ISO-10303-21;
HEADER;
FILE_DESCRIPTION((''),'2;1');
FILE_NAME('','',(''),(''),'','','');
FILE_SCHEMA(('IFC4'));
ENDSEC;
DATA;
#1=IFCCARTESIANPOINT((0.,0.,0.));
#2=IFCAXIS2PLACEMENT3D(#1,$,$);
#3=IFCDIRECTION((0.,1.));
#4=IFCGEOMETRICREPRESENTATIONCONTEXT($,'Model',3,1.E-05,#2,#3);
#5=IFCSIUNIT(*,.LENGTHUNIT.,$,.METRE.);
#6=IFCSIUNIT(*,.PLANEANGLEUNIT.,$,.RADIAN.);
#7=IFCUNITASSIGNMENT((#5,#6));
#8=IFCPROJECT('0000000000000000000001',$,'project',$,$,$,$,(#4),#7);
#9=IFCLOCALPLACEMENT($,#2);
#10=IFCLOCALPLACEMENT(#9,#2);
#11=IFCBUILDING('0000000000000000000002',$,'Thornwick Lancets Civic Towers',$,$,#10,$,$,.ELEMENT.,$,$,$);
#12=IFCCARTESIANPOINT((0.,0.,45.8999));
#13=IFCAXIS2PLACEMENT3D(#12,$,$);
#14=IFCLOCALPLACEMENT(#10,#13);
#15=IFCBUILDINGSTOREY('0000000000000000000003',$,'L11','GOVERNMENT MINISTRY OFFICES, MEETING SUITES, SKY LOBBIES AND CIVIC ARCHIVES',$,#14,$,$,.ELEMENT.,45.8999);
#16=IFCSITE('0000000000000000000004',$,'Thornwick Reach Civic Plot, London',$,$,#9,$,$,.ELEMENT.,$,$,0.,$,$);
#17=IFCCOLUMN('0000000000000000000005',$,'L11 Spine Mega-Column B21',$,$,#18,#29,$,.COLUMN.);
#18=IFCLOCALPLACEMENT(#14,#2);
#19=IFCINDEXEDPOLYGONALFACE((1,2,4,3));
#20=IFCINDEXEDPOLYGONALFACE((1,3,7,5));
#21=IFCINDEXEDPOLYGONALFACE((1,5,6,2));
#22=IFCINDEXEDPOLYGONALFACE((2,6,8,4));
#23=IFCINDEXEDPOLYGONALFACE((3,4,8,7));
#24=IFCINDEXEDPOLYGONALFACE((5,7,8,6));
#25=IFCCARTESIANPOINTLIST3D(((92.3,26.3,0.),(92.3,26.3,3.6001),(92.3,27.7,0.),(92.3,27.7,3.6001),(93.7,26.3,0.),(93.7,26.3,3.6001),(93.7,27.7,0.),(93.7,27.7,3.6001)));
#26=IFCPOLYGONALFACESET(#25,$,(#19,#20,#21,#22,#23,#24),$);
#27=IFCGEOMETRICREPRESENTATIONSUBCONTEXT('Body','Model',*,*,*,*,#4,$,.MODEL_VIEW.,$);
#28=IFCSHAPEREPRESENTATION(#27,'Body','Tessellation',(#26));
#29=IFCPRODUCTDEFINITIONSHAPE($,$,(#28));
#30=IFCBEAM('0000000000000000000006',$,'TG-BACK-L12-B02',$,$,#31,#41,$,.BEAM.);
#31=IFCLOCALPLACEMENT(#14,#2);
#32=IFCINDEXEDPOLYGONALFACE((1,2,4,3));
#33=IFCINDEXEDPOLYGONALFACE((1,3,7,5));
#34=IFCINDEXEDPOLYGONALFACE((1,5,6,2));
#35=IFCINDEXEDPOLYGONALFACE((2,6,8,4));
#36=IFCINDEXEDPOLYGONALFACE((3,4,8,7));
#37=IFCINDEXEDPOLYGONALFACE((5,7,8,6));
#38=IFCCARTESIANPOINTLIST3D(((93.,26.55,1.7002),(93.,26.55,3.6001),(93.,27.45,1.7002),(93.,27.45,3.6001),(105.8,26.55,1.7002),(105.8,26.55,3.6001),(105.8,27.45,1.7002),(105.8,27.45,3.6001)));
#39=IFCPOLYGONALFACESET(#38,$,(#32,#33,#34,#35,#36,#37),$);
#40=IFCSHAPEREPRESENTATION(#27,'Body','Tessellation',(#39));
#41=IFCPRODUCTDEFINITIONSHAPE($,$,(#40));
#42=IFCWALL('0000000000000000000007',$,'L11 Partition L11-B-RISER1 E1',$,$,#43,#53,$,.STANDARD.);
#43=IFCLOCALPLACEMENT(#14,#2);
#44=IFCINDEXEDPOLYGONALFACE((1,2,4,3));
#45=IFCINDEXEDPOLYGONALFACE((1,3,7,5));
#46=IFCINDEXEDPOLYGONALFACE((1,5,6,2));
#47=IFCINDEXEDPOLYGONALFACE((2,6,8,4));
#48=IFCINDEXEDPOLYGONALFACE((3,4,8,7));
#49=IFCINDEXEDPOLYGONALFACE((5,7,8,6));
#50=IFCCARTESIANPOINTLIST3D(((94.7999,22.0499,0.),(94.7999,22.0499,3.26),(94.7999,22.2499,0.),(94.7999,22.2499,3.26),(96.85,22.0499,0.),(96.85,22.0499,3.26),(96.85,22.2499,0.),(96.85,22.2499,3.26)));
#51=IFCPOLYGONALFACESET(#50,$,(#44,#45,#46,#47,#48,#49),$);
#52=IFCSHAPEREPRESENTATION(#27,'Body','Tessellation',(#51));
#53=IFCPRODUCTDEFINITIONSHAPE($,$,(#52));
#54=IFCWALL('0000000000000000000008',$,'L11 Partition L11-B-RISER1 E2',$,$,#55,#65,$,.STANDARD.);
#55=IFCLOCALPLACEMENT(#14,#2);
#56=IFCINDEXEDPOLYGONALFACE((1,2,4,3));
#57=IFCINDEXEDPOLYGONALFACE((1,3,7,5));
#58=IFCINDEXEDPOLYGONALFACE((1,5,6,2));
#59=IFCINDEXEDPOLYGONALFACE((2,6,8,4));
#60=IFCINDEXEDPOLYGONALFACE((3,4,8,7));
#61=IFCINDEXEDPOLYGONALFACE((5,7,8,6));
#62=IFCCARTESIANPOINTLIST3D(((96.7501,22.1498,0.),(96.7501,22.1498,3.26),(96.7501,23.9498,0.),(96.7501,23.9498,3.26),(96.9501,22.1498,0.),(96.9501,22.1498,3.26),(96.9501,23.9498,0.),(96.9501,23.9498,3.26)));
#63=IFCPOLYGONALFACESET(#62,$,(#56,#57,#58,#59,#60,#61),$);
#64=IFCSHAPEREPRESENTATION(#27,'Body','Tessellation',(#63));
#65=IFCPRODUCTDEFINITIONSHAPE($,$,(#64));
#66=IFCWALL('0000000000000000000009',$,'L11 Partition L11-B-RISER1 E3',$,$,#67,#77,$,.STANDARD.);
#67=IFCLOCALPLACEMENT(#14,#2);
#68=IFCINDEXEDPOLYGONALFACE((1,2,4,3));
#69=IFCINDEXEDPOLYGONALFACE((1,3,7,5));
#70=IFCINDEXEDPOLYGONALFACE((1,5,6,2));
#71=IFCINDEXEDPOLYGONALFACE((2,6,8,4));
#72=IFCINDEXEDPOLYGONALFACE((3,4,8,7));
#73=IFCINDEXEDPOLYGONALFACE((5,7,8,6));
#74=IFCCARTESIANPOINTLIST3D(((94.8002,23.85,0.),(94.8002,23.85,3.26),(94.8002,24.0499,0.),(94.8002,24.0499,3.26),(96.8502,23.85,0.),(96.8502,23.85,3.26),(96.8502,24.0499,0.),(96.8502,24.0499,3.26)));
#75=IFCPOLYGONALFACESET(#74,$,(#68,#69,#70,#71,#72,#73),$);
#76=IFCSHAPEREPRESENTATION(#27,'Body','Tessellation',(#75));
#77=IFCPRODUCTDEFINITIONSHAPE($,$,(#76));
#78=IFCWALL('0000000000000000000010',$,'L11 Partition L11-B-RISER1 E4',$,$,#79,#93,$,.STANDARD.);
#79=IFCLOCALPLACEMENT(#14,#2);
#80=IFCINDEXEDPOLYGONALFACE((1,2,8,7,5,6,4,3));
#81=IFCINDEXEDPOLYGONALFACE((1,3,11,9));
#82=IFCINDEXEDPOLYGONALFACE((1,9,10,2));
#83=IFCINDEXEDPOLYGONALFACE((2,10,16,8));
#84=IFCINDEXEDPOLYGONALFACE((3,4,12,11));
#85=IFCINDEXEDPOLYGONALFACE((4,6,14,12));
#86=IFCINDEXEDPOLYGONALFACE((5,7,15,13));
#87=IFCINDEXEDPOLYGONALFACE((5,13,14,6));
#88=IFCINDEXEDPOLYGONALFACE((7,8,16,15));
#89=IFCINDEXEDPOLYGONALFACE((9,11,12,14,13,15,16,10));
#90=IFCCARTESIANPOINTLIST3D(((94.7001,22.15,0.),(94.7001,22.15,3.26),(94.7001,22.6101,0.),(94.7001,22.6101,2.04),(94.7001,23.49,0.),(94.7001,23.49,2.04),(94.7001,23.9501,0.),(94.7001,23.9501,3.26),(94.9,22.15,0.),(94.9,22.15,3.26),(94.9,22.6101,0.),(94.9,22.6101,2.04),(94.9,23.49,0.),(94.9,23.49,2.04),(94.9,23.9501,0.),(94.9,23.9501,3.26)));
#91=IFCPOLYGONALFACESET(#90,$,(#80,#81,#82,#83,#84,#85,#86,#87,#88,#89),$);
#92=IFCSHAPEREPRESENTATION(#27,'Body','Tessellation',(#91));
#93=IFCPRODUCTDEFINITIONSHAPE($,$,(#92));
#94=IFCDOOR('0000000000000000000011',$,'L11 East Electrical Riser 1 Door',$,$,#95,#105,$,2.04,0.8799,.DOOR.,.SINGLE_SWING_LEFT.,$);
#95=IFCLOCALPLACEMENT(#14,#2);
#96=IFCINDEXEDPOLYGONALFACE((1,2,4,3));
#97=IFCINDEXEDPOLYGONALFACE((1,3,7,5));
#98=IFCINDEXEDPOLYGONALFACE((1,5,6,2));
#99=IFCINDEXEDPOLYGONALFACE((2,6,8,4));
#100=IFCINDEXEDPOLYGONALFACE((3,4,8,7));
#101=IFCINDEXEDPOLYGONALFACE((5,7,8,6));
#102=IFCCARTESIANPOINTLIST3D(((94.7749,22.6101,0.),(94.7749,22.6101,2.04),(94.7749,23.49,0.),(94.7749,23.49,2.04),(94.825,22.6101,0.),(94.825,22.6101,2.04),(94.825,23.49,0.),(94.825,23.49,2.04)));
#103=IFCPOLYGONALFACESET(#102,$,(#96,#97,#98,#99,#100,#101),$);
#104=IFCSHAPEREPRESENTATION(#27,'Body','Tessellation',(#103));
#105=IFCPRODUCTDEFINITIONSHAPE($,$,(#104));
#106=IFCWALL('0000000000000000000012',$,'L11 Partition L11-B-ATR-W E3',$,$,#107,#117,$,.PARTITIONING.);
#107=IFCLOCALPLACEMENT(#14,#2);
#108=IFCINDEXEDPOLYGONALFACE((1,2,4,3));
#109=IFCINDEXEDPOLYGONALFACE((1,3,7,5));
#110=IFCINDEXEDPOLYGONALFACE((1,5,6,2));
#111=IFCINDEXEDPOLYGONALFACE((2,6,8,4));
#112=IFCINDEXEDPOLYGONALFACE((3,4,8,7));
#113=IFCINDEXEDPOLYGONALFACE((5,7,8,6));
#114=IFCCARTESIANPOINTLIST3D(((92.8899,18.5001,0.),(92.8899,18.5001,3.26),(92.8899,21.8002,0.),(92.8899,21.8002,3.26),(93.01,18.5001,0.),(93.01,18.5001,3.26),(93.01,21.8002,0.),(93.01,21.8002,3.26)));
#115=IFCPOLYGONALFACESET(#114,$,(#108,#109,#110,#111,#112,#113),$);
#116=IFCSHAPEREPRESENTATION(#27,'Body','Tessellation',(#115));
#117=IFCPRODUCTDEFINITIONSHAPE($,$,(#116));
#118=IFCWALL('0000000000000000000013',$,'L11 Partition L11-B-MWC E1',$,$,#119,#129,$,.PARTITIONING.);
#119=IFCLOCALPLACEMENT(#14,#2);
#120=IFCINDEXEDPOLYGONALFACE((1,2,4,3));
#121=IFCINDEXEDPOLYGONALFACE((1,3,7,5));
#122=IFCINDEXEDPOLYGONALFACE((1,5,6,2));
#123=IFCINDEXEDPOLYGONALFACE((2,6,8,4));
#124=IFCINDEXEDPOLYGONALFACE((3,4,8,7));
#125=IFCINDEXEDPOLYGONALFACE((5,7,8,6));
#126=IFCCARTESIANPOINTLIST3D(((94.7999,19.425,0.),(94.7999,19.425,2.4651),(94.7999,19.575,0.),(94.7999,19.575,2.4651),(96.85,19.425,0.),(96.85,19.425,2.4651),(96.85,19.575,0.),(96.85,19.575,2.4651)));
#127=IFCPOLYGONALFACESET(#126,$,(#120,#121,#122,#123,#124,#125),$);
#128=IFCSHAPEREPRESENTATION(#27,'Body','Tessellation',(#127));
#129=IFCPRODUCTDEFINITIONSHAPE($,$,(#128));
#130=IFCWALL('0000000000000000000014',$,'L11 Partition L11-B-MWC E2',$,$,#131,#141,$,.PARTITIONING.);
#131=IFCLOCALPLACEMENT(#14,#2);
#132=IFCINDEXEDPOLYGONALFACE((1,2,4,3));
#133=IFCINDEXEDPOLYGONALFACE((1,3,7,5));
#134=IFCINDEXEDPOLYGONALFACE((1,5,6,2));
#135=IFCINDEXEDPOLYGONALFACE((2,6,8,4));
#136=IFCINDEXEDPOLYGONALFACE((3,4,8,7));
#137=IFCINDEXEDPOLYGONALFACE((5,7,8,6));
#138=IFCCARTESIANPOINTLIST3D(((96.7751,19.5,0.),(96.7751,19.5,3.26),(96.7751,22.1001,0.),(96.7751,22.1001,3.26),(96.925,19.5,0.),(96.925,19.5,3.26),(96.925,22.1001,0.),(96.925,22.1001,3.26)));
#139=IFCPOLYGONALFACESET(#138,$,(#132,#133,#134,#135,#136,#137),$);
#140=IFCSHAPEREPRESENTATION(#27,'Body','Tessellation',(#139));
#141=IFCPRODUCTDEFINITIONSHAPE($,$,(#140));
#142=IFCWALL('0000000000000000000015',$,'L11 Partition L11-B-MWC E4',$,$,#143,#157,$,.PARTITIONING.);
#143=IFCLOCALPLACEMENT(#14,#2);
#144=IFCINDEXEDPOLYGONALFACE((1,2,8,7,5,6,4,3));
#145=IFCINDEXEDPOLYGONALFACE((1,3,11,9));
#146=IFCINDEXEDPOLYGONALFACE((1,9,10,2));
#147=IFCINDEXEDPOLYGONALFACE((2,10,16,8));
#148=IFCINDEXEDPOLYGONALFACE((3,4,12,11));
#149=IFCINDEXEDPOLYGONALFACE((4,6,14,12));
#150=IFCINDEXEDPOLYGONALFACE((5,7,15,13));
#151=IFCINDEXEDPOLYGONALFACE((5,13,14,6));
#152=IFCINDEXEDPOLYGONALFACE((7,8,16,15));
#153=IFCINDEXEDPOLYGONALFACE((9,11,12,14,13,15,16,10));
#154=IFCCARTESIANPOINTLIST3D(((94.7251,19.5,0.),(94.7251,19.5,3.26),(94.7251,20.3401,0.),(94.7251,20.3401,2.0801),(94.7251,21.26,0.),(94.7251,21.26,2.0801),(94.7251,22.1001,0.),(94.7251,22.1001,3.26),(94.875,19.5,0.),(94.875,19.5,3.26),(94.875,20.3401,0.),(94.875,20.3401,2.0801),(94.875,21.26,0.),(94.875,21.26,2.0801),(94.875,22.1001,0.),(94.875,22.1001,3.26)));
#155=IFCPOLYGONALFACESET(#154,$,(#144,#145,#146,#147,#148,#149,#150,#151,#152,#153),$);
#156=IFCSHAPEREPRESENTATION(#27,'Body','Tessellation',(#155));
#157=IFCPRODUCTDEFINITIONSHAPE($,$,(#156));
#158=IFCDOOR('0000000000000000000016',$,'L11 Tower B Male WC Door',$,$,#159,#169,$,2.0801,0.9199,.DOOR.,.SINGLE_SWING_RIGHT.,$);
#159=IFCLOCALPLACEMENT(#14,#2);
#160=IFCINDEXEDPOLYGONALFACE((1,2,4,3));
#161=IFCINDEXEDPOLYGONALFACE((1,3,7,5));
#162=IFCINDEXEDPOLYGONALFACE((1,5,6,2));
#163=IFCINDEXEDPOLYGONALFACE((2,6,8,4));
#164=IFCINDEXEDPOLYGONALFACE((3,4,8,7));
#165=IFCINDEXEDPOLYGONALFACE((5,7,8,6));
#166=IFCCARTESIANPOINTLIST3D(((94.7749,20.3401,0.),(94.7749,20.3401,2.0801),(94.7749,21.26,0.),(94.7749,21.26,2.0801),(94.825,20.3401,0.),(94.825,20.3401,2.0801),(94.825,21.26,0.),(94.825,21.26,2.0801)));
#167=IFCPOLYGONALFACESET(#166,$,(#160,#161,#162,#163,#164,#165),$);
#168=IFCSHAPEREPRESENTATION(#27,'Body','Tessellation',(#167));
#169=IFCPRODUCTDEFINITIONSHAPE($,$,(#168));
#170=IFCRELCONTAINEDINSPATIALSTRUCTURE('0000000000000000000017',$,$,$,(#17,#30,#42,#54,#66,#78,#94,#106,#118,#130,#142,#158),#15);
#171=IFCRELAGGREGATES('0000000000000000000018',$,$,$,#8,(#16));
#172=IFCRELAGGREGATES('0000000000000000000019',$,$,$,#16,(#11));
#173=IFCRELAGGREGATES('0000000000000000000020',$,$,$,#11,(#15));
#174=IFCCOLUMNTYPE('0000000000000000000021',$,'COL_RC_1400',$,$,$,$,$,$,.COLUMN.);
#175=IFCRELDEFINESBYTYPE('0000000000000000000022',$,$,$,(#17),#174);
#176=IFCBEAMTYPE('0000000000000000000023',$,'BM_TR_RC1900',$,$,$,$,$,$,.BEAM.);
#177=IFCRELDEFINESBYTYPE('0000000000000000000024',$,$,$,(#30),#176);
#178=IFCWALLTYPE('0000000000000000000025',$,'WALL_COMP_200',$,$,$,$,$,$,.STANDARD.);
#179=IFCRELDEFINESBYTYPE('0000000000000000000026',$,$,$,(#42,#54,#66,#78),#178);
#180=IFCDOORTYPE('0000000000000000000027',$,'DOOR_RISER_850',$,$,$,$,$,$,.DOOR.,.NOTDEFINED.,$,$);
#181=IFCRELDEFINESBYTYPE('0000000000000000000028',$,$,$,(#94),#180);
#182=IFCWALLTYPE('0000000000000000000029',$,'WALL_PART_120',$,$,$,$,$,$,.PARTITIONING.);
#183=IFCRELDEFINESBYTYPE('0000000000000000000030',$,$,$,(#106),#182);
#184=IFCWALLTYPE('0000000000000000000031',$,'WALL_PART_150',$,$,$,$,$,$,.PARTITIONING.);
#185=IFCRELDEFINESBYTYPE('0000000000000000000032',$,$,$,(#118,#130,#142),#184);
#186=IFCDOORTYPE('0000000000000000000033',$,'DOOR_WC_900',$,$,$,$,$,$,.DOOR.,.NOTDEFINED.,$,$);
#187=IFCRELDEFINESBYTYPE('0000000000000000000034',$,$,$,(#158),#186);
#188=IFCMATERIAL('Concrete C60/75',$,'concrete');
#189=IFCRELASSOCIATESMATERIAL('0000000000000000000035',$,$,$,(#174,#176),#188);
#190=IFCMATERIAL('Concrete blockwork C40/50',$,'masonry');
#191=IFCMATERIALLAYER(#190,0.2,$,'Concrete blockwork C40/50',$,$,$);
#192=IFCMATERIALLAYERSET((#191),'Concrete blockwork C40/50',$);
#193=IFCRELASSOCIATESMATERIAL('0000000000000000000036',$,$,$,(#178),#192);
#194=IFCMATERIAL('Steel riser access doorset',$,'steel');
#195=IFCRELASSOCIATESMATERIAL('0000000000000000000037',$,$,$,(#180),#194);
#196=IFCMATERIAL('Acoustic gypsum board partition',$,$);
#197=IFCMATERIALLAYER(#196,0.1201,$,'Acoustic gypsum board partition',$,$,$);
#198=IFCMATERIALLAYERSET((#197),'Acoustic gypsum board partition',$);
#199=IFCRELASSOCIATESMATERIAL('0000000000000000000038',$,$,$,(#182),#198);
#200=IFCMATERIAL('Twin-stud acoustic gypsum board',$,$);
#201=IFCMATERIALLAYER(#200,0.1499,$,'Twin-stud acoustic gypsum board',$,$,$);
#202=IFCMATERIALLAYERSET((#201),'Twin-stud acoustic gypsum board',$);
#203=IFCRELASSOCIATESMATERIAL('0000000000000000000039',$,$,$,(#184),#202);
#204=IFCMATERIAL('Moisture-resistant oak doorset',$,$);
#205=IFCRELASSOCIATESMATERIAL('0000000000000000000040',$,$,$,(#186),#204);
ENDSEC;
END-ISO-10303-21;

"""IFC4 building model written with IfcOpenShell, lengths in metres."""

from ifc_helpers import new_model, si_unit, direction, frame, frame_2d, origin, origin_2d, place, context, subcontext, project, spatial, rectangle, extrude, material, layer, layer_set, material_profile, profile_set, type_object, element, fill, save


model = new_model("IFC4")

# Units and contexts
model_context = context("Model", 3, precision=1e-05, world=origin(), true_north=direction((0.0, 1.0)))
body_context = subcontext(model_context, "Body", "Model", "MODEL_VIEW")
ifc_project = project(units=[si_unit("LENGTHUNIT", "METRE"), si_unit("PLANEANGLEUNIT", "RADIAN")], contexts=[model_context])

# Site, building, storey
site_placement = place(None, origin())
site = spatial("IfcSite", under=ifc_project, at=site_placement, Name="Thornwick Reach Civic Plot, London", CompositionType="ELEMENT", RefElevation=0.0)
building_placement = place(site_placement, origin())
building = spatial("IfcBuilding", under=site, at=building_placement, Name="Thornwick Lancets Civic Towers", CompositionType="ELEMENT")
storey_placement = place(building_placement, frame((0.0, 0.0, 45.8999)))
storey = spatial("IfcBuildingStorey", under=building, at=storey_placement, Name="L11", Description="GOVERNMENT MINISTRY OFFICES, MEETING SUITES, SKY LOBBIES AND CIVIC ARCHIVES", CompositionType="ELEMENT", Elevation=45.8999)

# Column
ifc_material_1 = material(Name="Concrete C60/75", Category="concrete")
ifc_material_profile_1 = material_profile(ifc_material_1, rectangle(XDim=1.3999, YDim=1.3999, at=origin_2d()), Name="RC 1400x1400")
ifc_profile_set_1 = profile_set([ifc_material_profile_1], Name="Concrete C60/75")
column_type = type_object("IfcColumnType", Name="COL_RC_1400", PredefinedType="COLUMN", material=ifc_profile_set_1)
column_placement = place(storey_placement, frame((93.0, 27.0, 0.0), z_axis=(0.0, 0.0, 1.0), x_axis=(1.0, 0.0, 0.0)))
element("IfcColumn", 1, at=column_placement, inside=storey, type_object=column_type, Name="L11 Spine Mega-Column B21", PredefinedType="COLUMN", context=body_context, shape_type="SweptSolid", body=[
    extrude(rectangle(XDim=1.3999, YDim=1.3999, at=origin_2d()), origin(), (0.0, 0.0, 1.0), 3.6001),
])

# Beam
ifc_material_profile_2 = material_profile(ifc_material_1, rectangle(XDim=0.8999, YDim=1.8999, at=origin_2d()), Name="RC 900x1900")
ifc_profile_set_2 = profile_set([ifc_material_profile_2], Name="Concrete C60/75")
beam_type = type_object("IfcBeamType", Name="BM_TR_RC1900", PredefinedType="BEAM", material=ifc_profile_set_2)
beam_placement = place(storey_placement, frame((93.0, 27.0, 2.6501), z_axis=(1.0, 0.0, 0.0), x_axis=(0.0, 1.0, 0.0)))
element("IfcBeam", 2, at=beam_placement, inside=storey, type_object=beam_type, Name="TG-BACK-L12-B02", PredefinedType="BEAM", context=body_context, shape_type="SweptSolid", body=[
    extrude(rectangle(XDim=0.8999, YDim=1.8999, at=origin_2d()), origin(), (0.0, 0.0, 1.0), 12.8),
])

# Walls
ifc_material_2 = material(Name="Concrete blockwork C40/50", Category="masonry")
ifc_layer_1 = layer(ifc_material_2, 0.2, Name="Concrete blockwork C40/50")
ifc_layer_set_1 = layer_set([ifc_layer_1], Name="Concrete blockwork C40/50")
wall_type_1 = type_object("IfcWallType", Name="WALL_COMP_200", PredefinedType="STANDARD", material=ifc_layer_set_1)
wall_1_placement = place(storey_placement, frame((94.8, 22.1499, 0.0), z_axis=(0.0, 0.0, 1.0), x_axis=(1.0, 0.0, 0.0)))
element("IfcWall", 3, at=wall_1_placement, inside=storey, type_object=wall_type_1, Name="L11 Partition L11-B-RISER1 E1", PredefinedType="STANDARD", context=body_context, shape_type="SweptSolid", body=[
    extrude(rectangle(XDim=2.05, YDim=0.2, at=frame_2d((1.0249, 0.0))), origin(), (0.0, 0.0, 1.0), 3.26),
])
wall_2_placement = place(storey_placement, frame((96.8501, 22.1499, 0.0), z_axis=(0.0, 0.0, 1.0), x_axis=(0.0, 1.0, 0.0)))
element("IfcWall", 4, at=wall_2_placement, inside=storey, type_object=wall_type_1, Name="L11 Partition L11-B-RISER1 E2", PredefinedType="STANDARD", context=body_context, shape_type="SweptSolid", body=[
    extrude(rectangle(XDim=1.8, YDim=0.2, at=frame_2d((0.8999, 0.0))), origin(), (0.0, 0.0, 1.0), 3.26),
])
wall_3_placement = place(storey_placement, frame((96.8501, 23.95, 0.0), z_axis=(0.0, 0.0, 1.0), x_axis=(-1.0, 0.0, 0.0)))
element("IfcWall", 5, at=wall_3_placement, inside=storey, type_object=wall_type_1, Name="L11 Partition L11-B-RISER1 E3", PredefinedType="STANDARD", context=body_context, shape_type="SweptSolid", body=[
    extrude(rectangle(XDim=2.05, YDim=0.2, at=frame_2d((1.0249, 0.0))), origin(), (0.0, 0.0, 1.0), 3.26),
])

# Wall, opening, door
wall_4_placement = place(storey_placement, frame((94.8, 23.95, 0.0), z_axis=(0.0, 0.0, 1.0), x_axis=(0.0, -1.0, 0.0)))
wall_4 = element("IfcWall", 6, at=wall_4_placement, inside=storey, type_object=wall_type_1, Name="L11 Partition L11-B-RISER1 E4", PredefinedType="STANDARD", context=body_context, shape_type="SweptSolid", body=[
    extrude(rectangle(XDim=1.8, YDim=0.2, at=frame_2d((0.8999, 0.0))), origin(), (0.0, 0.0, 1.0), 3.26),
])
opening_1_placement = place(wall_4_placement, frame((0.46, 0.0, 0.0)))
opening_1 = element("IfcOpeningElement", 7, at=opening_1_placement, cuts=wall_4, PredefinedType="OPENING", context=body_context, shape_type="SweptSolid", body=[
    extrude(rectangle(XDim=0.8799, YDim=2.04, at=frame_2d((0.4399, 1.02))), frame((0.0, 0.1099, 0.0), z_axis=(0.0, -1.0, 0.0), x_axis=(1.0, 0.0, 0.0)), (0.0, 0.0, 1.0), 0.22),
])
ifc_material_3 = material(Name="Steel riser access doorset", Category="steel")
door_type_1 = type_object("IfcDoorType", Name="DOOR_RISER_850", OperationType="NOTDEFINED", PredefinedType="DOOR", material=ifc_material_3)
door_1_placement = place(opening_1_placement, origin())
door_1 = element("IfcDoor", 8, at=door_1_placement, inside=storey, type_object=door_type_1, Name="L11 East Electrical Riser 1 Door", OperationType="SINGLE_SWING_LEFT", OverallHeight=2.04, OverallWidth=0.8799, PredefinedType="DOOR", context=body_context, shape_type="SweptSolid", body=[
    extrude(rectangle(XDim=0.8799, YDim=2.04, at=frame_2d((0.4399, 1.02))), frame((0.0, 0.0249, 0.0), z_axis=(0.0, -1.0, 0.0), x_axis=(1.0, 0.0, 0.0)), (0.0, 0.0, 1.0), 0.05),
])
fill(opening_1, door_1)

# Walls
ifc_material_4 = material(Name="Acoustic gypsum board partition")
ifc_layer_2 = layer(ifc_material_4, 0.1201, Name="Acoustic gypsum board partition")
ifc_layer_set_2 = layer_set([ifc_layer_2], Name="Acoustic gypsum board partition")
wall_type_2 = type_object("IfcWallType", Name="WALL_PART_120", PredefinedType="PARTITIONING", material=ifc_layer_set_2)
wall_5_placement = place(storey_placement, frame((92.95, 21.8, 0.0), z_axis=(0.0, 0.0, 1.0), x_axis=(0.0, -1.0, 0.0)))
element("IfcWall", 9, at=wall_5_placement, inside=storey, type_object=wall_type_2, Name="L11 Partition L11-B-ATR-W E3", PredefinedType="PARTITIONING", context=body_context, shape_type="SweptSolid", body=[
    extrude(rectangle(XDim=3.3, YDim=0.1201, at=frame_2d((1.6499, 0.0))), origin(), (0.0, 0.0, 1.0), 3.26),
])
ifc_material_5 = material(Name="Twin-stud acoustic gypsum board")
ifc_layer_3 = layer(ifc_material_5, 0.1499, Name="Twin-stud acoustic gypsum board")
ifc_layer_set_3 = layer_set([ifc_layer_3], Name="Twin-stud acoustic gypsum board")
wall_type_3 = type_object("IfcWallType", Name="WALL_PART_150", PredefinedType="PARTITIONING", material=ifc_layer_set_3)
wall_6_placement = place(storey_placement, frame((94.8, 19.5, 0.0), z_axis=(0.0, 0.0, 1.0), x_axis=(1.0, 0.0, 0.0)))
element("IfcWall", 10, at=wall_6_placement, inside=storey, type_object=wall_type_3, Name="L11 Partition L11-B-MWC E1", PredefinedType="PARTITIONING", context=body_context, shape_type="SweptSolid", body=[
    extrude(rectangle(XDim=2.05, YDim=0.1499, at=frame_2d((1.0249, 0.0))), origin(), (0.0, 0.0, 1.0), 2.4651),
])
wall_7_placement = place(storey_placement, frame((96.8501, 19.5, 0.0), z_axis=(0.0, 0.0, 1.0), x_axis=(0.0, 1.0, 0.0)))
element("IfcWall", 11, at=wall_7_placement, inside=storey, type_object=wall_type_3, Name="L11 Partition L11-B-MWC E2", PredefinedType="PARTITIONING", context=body_context, shape_type="SweptSolid", body=[
    extrude(rectangle(XDim=2.6001, YDim=0.1499, at=frame_2d((1.3, 0.0))), origin(), (0.0, 0.0, 1.0), 3.26),
])

# Wall, opening, door
wall_8_placement = place(storey_placement, frame((94.8, 22.1001, 0.0), z_axis=(0.0, 0.0, 1.0), x_axis=(0.0, -1.0, 0.0)))
wall_8 = element("IfcWall", 12, at=wall_8_placement, inside=storey, type_object=wall_type_3, Name="L11 Partition L11-B-MWC E4", PredefinedType="PARTITIONING", context=body_context, shape_type="SweptSolid", body=[
    extrude(rectangle(XDim=2.6001, YDim=0.1499, at=frame_2d((1.3, 0.0))), origin(), (0.0, 0.0, 1.0), 3.26),
])
opening_2_placement = place(wall_8_placement, frame((0.8401, 0.0, 0.0)))
opening_2 = element("IfcOpeningElement", 13, at=opening_2_placement, cuts=wall_8, PredefinedType="OPENING", context=body_context, shape_type="SweptSolid", body=[
    extrude(rectangle(XDim=0.9199, YDim=2.0801, at=frame_2d((0.46, 1.04))), frame((0.0, 0.085, 0.0), z_axis=(0.0, -1.0, 0.0), x_axis=(1.0, 0.0, 0.0)), (0.0, 0.0, 1.0), 0.1699),
])
ifc_material_6 = material(Name="Moisture-resistant oak doorset")
door_type_2 = type_object("IfcDoorType", Name="DOOR_WC_900", OperationType="NOTDEFINED", PredefinedType="DOOR", material=ifc_material_6)
door_2_placement = place(opening_2_placement, origin())
door_2 = element("IfcDoor", 14, at=door_2_placement, inside=storey, type_object=door_type_2, Name="L11 Tower B Male WC Door", OperationType="SINGLE_SWING_RIGHT", OverallHeight=2.0801, OverallWidth=0.9199, PredefinedType="DOOR", context=body_context, shape_type="SweptSolid", body=[
    extrude(rectangle(XDim=0.9199, YDim=2.0801, at=frame_2d((0.46, 1.04))), frame((0.0, 0.0249, 0.0), z_axis=(0.0, -1.0, 0.0), x_axis=(1.0, 0.0, 0.0)), (0.0, 0.0, 1.0), 0.05),
])
fill(opening_2, door_2)

save(model, "model.ifc")
